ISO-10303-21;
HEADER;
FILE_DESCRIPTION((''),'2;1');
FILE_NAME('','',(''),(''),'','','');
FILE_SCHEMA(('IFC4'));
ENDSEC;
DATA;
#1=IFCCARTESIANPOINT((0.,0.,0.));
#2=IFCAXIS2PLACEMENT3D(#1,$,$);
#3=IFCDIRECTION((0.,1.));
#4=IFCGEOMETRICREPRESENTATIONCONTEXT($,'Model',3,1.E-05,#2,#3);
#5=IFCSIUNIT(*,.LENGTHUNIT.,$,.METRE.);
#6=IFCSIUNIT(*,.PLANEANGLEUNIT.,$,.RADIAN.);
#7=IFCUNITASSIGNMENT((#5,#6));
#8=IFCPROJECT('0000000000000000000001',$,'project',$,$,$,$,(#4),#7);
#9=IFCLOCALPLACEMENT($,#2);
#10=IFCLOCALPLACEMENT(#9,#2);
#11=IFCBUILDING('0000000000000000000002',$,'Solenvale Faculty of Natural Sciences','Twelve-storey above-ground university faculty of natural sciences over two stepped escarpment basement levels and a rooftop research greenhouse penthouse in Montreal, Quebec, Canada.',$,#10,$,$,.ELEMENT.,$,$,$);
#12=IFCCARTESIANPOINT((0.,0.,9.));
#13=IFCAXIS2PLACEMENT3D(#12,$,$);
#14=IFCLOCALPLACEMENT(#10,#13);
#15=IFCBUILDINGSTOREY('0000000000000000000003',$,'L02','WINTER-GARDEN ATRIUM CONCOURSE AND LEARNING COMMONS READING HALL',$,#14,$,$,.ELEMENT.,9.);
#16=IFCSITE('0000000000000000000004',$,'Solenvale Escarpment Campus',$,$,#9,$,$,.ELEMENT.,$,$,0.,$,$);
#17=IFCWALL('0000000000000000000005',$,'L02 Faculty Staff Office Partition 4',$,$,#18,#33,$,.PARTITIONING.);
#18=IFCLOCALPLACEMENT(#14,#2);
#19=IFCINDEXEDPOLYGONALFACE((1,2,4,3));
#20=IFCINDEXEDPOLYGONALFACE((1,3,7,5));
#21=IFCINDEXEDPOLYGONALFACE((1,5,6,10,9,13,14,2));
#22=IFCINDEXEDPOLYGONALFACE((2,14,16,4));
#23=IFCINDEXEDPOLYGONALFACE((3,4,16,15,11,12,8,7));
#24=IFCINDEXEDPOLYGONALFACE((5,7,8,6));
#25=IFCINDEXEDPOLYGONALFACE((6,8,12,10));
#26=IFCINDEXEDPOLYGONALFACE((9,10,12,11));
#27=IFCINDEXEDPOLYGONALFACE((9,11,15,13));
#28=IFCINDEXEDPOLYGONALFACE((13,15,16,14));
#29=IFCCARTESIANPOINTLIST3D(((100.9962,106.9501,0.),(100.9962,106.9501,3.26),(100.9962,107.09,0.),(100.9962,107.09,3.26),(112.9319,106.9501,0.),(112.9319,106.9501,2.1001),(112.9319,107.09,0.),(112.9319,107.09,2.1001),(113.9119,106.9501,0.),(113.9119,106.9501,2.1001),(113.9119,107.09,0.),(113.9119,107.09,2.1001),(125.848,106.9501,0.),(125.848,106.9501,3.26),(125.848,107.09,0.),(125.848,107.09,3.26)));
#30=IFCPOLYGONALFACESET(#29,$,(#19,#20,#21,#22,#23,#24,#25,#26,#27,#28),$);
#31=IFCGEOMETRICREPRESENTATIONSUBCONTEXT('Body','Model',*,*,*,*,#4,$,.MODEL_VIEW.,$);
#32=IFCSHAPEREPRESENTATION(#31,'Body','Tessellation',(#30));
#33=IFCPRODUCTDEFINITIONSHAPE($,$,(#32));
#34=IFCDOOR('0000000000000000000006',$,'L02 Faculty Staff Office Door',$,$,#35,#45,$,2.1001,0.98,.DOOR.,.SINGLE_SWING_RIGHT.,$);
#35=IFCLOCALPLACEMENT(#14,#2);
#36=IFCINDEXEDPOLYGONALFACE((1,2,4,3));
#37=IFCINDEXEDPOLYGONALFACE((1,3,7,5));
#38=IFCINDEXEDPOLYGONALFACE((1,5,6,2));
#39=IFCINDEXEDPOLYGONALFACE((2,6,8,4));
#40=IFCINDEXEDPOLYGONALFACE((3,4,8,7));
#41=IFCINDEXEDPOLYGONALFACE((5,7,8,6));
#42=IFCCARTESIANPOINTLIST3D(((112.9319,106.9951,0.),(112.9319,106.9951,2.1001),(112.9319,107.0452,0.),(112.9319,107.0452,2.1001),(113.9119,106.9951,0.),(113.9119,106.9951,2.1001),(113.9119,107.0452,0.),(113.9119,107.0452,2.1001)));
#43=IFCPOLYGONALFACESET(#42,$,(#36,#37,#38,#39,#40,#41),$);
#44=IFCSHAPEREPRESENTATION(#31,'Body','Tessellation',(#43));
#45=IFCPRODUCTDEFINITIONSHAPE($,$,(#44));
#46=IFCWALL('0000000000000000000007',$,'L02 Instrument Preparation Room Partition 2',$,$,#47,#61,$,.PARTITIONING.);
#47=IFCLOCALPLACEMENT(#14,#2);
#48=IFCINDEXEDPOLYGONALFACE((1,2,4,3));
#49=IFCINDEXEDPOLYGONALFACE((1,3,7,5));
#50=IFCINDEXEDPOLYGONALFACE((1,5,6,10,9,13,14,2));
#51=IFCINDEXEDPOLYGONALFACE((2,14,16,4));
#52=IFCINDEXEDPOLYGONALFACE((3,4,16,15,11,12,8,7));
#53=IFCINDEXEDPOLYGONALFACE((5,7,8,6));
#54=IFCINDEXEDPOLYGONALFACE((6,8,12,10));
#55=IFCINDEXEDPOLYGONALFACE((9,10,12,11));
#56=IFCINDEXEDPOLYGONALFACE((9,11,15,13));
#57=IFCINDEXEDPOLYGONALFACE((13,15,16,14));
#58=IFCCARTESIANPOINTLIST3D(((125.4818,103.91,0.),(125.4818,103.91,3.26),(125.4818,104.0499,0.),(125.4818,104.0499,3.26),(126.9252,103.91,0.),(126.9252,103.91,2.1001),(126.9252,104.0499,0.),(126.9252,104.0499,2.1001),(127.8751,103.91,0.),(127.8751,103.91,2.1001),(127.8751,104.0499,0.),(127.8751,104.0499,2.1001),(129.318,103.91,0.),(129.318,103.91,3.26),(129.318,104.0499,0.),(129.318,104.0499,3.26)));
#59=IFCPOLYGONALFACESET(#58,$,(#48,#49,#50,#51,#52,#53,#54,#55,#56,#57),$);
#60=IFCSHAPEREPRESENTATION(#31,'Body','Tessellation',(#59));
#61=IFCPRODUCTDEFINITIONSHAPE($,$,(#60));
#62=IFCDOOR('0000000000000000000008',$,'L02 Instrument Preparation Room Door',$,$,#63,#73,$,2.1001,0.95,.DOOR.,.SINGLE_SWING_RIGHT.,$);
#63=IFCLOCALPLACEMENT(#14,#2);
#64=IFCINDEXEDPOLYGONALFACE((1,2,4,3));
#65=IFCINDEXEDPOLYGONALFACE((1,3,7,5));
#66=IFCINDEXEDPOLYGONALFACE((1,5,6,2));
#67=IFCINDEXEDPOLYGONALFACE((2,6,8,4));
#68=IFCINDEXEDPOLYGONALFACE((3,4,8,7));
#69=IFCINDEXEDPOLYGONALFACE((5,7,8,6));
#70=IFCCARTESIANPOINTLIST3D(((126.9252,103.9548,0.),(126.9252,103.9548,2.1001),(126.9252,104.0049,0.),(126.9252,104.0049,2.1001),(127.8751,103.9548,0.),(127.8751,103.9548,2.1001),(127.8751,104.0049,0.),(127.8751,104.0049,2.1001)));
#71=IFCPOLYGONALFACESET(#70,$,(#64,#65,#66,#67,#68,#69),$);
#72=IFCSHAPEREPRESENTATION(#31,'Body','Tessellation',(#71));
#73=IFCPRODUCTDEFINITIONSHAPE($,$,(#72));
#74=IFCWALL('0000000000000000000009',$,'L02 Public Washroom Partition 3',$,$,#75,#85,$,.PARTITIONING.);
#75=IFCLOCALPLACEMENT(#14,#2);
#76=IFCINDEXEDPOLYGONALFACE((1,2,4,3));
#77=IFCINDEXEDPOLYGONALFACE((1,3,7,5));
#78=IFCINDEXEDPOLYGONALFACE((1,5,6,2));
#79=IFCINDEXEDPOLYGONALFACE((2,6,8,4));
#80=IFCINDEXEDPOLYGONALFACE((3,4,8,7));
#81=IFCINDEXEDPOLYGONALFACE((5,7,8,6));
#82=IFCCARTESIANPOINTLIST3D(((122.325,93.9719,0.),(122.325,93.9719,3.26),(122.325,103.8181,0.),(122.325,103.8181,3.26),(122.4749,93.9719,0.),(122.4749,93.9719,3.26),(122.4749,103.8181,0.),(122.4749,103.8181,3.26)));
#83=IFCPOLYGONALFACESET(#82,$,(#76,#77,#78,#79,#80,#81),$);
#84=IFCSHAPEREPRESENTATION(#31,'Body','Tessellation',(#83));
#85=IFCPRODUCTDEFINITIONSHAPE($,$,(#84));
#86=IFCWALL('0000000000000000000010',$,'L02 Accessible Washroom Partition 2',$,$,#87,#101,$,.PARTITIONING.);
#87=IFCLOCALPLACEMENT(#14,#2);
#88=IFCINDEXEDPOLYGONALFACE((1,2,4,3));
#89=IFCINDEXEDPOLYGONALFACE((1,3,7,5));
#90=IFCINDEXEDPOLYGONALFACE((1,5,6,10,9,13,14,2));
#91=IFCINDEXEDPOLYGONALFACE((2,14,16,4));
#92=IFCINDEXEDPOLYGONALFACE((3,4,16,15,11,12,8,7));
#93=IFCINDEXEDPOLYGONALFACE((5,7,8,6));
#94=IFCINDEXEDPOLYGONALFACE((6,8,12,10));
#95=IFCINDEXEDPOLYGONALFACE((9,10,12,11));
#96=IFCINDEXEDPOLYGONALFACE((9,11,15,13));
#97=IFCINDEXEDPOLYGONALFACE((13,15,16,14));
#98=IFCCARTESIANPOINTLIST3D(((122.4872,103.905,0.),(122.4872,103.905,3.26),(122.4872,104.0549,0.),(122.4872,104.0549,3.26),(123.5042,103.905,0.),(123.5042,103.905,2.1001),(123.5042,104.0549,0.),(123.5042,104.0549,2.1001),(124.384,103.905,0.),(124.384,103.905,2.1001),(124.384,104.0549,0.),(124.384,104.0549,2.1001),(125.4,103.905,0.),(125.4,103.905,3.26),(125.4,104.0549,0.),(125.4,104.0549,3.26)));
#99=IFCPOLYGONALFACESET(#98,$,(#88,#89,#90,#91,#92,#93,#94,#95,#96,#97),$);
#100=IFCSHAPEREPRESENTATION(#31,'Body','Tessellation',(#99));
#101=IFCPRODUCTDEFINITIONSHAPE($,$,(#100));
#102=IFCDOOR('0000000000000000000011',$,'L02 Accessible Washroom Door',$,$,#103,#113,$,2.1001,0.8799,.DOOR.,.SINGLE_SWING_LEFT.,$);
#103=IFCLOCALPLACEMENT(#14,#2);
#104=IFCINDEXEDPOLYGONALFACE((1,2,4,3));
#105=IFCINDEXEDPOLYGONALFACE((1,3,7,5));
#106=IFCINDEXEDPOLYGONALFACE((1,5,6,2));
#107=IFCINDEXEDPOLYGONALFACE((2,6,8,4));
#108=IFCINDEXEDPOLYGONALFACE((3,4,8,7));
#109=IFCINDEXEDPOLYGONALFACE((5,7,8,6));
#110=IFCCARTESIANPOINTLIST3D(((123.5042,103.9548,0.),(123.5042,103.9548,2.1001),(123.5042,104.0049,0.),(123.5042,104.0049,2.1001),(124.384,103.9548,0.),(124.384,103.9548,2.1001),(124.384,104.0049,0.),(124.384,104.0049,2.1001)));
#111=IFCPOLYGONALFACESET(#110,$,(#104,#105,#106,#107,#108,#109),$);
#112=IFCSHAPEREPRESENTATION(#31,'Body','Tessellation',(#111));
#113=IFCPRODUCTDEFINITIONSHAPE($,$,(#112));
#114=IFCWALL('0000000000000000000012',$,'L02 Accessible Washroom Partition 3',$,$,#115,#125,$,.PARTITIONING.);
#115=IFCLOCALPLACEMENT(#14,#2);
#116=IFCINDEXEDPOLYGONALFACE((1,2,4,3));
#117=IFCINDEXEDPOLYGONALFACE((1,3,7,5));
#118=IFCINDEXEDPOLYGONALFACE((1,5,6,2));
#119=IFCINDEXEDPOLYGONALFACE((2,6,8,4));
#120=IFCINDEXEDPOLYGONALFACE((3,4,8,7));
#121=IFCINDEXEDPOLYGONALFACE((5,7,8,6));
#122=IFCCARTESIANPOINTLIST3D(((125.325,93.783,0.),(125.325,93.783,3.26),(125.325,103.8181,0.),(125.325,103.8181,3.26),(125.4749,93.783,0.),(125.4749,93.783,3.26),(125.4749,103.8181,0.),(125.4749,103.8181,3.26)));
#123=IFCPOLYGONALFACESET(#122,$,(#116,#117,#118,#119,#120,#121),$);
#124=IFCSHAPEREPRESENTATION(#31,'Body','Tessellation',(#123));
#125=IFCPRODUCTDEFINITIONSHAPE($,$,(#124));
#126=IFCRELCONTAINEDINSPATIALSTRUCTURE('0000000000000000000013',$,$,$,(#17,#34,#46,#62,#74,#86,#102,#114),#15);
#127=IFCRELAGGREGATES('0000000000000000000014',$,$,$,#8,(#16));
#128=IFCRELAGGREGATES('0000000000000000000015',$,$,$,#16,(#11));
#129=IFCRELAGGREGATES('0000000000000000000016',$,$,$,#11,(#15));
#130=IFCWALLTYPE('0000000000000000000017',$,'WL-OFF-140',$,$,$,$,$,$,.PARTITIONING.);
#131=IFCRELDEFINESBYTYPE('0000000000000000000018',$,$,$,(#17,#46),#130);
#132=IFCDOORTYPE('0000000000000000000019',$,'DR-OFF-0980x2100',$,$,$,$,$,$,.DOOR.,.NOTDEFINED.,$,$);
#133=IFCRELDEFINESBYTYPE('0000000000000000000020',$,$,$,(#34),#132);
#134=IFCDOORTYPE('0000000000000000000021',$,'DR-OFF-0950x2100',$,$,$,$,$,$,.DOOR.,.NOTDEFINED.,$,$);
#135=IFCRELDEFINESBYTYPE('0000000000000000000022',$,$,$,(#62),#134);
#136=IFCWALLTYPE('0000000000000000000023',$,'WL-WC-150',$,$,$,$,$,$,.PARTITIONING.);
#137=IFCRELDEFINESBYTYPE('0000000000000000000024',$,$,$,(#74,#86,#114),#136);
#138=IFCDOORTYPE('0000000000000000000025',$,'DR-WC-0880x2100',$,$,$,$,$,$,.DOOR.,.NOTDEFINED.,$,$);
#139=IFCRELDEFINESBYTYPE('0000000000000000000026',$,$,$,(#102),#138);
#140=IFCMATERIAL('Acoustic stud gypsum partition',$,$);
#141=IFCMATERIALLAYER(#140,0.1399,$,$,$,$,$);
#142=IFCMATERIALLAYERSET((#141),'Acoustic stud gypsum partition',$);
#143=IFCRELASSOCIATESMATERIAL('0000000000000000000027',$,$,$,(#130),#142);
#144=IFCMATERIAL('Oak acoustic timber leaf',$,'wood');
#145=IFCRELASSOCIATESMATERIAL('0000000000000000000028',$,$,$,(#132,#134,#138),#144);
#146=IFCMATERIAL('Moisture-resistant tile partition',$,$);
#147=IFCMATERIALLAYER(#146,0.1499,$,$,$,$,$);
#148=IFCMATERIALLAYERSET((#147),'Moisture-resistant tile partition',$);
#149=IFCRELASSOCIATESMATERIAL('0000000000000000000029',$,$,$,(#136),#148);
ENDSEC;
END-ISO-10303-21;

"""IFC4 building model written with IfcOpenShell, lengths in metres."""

from ifc_helpers import new_model, si_unit, direction, frame, frame_2d, origin, place, context, subcontext, project, spatial, rectangle, extrude, material, layer, layer_set, type_object, element, fill, save


model = new_model("IFC4")

# Units and contexts
model_context = context("Model", 3, precision=1e-05, world=origin(), true_north=direction((0.0, 1.0)))
body_context = subcontext(model_context, "Body", "Model", "MODEL_VIEW")
ifc_project = project(units=[si_unit("LENGTHUNIT", "METRE"), si_unit("PLANEANGLEUNIT", "RADIAN")], contexts=[model_context])

# Site, building, storey
site_placement = place(None, origin())
site = spatial("IfcSite", under=ifc_project, at=site_placement, Name="Solenvale Escarpment Campus", CompositionType="ELEMENT", RefElevation=0.0)
building_placement = place(site_placement, origin())
building = spatial("IfcBuilding", under=site, at=building_placement, Name="Solenvale Faculty of Natural Sciences", Description="Twelve-storey above-ground university faculty of natural sciences over two stepped escarpment basement levels and a rooftop research greenhouse penthouse in Montreal, Quebec, Canada.", CompositionType="ELEMENT")
storey_placement = place(building_placement, frame((0.0, 0.0, 9.0)))
storey = spatial("IfcBuildingStorey", under=building, at=storey_placement, Name="L02", Description="WINTER-GARDEN ATRIUM CONCOURSE AND LEARNING COMMONS READING HALL", CompositionType="ELEMENT", Elevation=9.0)

# Shared definitions
ifc_material_1 = material(Name="Acoustic stud gypsum partition")
ifc_layer_1 = layer(ifc_material_1, 0.1399)
ifc_layer_set_1 = layer_set([ifc_layer_1], Name="Acoustic stud gypsum partition")
wall_type_1 = type_object("IfcWallType", Name="WL-OFF-140", PredefinedType="PARTITIONING", material=ifc_layer_set_1)

# Walls, openings, doors
wall_1_placement = place(storey_placement, frame((125.8479, 107.02, 0.0), z_axis=(0.0, 0.0, 1.0), x_axis=(-1.0, 0.0, 0.0)))
wall_1 = element("IfcWall", 1, at=wall_1_placement, inside=storey, type_object=wall_type_1, Name="L02 Faculty Staff Office Partition 4", PredefinedType="PARTITIONING", context=body_context, shape_type="SweptSolid", body=[
    extrude(rectangle(XDim=24.8518, YDim=0.1399, at=frame_2d((12.4258, 0.0))), origin(), (0.0, 0.0, 1.0), 3.26),
])
opening_1_placement = place(wall_1_placement, frame((11.936, 0.0, 0.0)))
opening_1 = element("IfcOpeningElement", 2, at=opening_1_placement, cuts=wall_1, PredefinedType="OPENING", context=body_context, shape_type="SweptSolid", body=[
    extrude(rectangle(XDim=0.98, YDim=2.1001, at=frame_2d((0.49, 1.05))), frame((0.0, 0.0798, 0.0), z_axis=(0.0, -1.0, 0.0), x_axis=(1.0, 0.0, 0.0)), (0.0, 0.0, 1.0), 0.1599),
])
ifc_material_2 = material(Name="Oak acoustic timber leaf", Category="wood")
door_type_1 = type_object("IfcDoorType", Name="DR-OFF-0980x2100", OperationType="NOTDEFINED", PredefinedType="DOOR", material=ifc_material_2)
door_1_placement = place(opening_1_placement, origin())
door_1 = element("IfcDoor", 3, at=door_1_placement, inside=storey, type_object=door_type_1, Name="L02 Faculty Staff Office Door", OperationType="SINGLE_SWING_RIGHT", OverallHeight=2.1001, OverallWidth=0.98, PredefinedType="DOOR", context=body_context, shape_type="SweptSolid", body=[
    extrude(rectangle(XDim=0.98, YDim=2.1001, at=frame_2d((0.49, 1.05))), frame((0.0, 0.0249, 0.0), z_axis=(0.0, -1.0, 0.0), x_axis=(1.0, 0.0, 0.0)), (0.0, 0.0, 1.0), 0.05),
])
fill(opening_1, door_1)
wall_2_placement = place(storey_placement, frame((125.4819, 103.98, 0.0), z_axis=(0.0, 0.0, 1.0), x_axis=(1.0, 0.0, 0.0)))
wall_2 = element("IfcWall", 4, at=wall_2_placement, inside=storey, type_object=wall_type_1, Name="L02 Instrument Preparation Room Partition 2", PredefinedType="PARTITIONING", context=body_context, shape_type="SweptSolid", body=[
    extrude(rectangle(XDim=3.8362, YDim=0.1399, at=frame_2d((1.918, 0.0))), origin(), (0.0, 0.0, 1.0), 3.26),
])
opening_2_placement = place(wall_2_placement, frame((1.4431, 0.0, 0.0)))
opening_2 = element("IfcOpeningElement", 5, at=opening_2_placement, cuts=wall_2, PredefinedType="OPENING", context=body_context, shape_type="SweptSolid", body=[
    extrude(rectangle(XDim=0.95, YDim=2.1001, at=frame_2d((0.4751, 1.05))), frame((0.0, 0.0798, 0.0), z_axis=(0.0, -1.0, 0.0), x_axis=(1.0, 0.0, 0.0)), (0.0, 0.0, 1.0), 0.1599),
])
door_type_2 = type_object("IfcDoorType", Name="DR-OFF-0950x2100", OperationType="NOTDEFINED", PredefinedType="DOOR", material=ifc_material_2)
door_2_placement = place(opening_2_placement, origin())
door_2 = element("IfcDoor", 6, at=door_2_placement, inside=storey, type_object=door_type_2, Name="L02 Instrument Preparation Room Door", OperationType="SINGLE_SWING_RIGHT", OverallHeight=2.1001, OverallWidth=0.95, PredefinedType="DOOR", context=body_context, shape_type="SweptSolid", body=[
    extrude(rectangle(XDim=0.95, YDim=2.1001, at=frame_2d((0.4751, 1.05))), frame((0.0, 0.0249, 0.0), z_axis=(0.0, -1.0, 0.0), x_axis=(1.0, 0.0, 0.0)), (0.0, 0.0, 1.0), 0.05),
])
fill(opening_2, door_2)

# Wall
ifc_material_3 = material(Name="Moisture-resistant tile partition")
ifc_layer_2 = layer(ifc_material_3, 0.1499)
ifc_layer_set_2 = layer_set([ifc_layer_2], Name="Moisture-resistant tile partition")
wall_type_2 = type_object("IfcWallType", Name="WL-WC-150", PredefinedType="PARTITIONING", material=ifc_layer_set_2)
wall_3_placement = place(storey_placement, frame((122.3999, 103.8181, 0.0), z_axis=(0.0, 0.0, 1.0), x_axis=(0.0, -1.0, 0.0)))
element("IfcWall", 7, at=wall_3_placement, inside=storey, type_object=wall_type_2, Name="L02 Public Washroom Partition 3", PredefinedType="PARTITIONING", context=body_context, shape_type="SweptSolid", body=[
    extrude(rectangle(XDim=9.8462, YDim=0.1499, at=frame_2d((4.9231, 0.0))), origin(), (0.0, 0.0, 1.0), 3.26),
])

# Wall, opening, door
wall_4_placement = place(storey_placement, frame((122.4871, 103.98, 0.0), z_axis=(0.0, 0.0, 1.0), x_axis=(1.0, 0.0, 0.0)))
wall_4 = element("IfcWall", 8, at=wall_4_placement, inside=storey, type_object=wall_type_2, Name="L02 Accessible Washroom Partition 2", PredefinedType="PARTITIONING", context=body_context, shape_type="SweptSolid", body=[
    extrude(rectangle(XDim=2.9128, YDim=0.1499, at=frame_2d((1.4565, 0.0))), origin(), (0.0, 0.0, 1.0), 3.26),
])
opening_3_placement = place(wall_4_placement, frame((1.0171, 0.0, 0.0)))
opening_3 = element("IfcOpeningElement", 9, at=opening_3_placement, cuts=wall_4, PredefinedType="OPENING", context=body_context, shape_type="SweptSolid", body=[
    extrude(rectangle(XDim=0.8799, YDim=2.1001, at=frame_2d((0.4399, 1.05))), frame((0.0, 0.085, 0.0), z_axis=(0.0, -1.0, 0.0), x_axis=(1.0, 0.0, 0.0)), (0.0, 0.0, 1.0), 0.1699),
])
door_type_3 = type_object("IfcDoorType", Name="DR-WC-0880x2100", OperationType="NOTDEFINED", PredefinedType="DOOR", material=ifc_material_2)
door_3_placement = place(opening_3_placement, origin())
door_3 = element("IfcDoor", 10, at=door_3_placement, inside=storey, type_object=door_type_3, Name="L02 Accessible Washroom Door", OperationType="SINGLE_SWING_LEFT", OverallHeight=2.1001, OverallWidth=0.8799, PredefinedType="DOOR", context=body_context, shape_type="SweptSolid", body=[
    extrude(rectangle(XDim=0.8799, YDim=2.1001, at=frame_2d((0.4399, 1.05))), frame((0.0, 0.0249, 0.0), z_axis=(0.0, -1.0, 0.0), x_axis=(1.0, 0.0, 0.0)), (0.0, 0.0, 1.0), 0.05),
])
fill(opening_3, door_3)

# Wall
wall_5_placement = place(storey_placement, frame((125.3999, 103.8181, 0.0), z_axis=(0.0, 0.0, 1.0), x_axis=(0.0, -1.0, 0.0)))
element("IfcWall", 11, at=wall_5_placement, inside=storey, type_object=wall_type_2, Name="L02 Accessible Washroom Partition 3", PredefinedType="PARTITIONING", context=body_context, shape_type="SweptSolid", body=[
    extrude(rectangle(XDim=10.0352, YDim=0.1499, at=frame_2d((5.0176, 0.0))), origin(), (0.0, 0.0, 1.0), 3.26),
])

save(model, "model.ifc")
